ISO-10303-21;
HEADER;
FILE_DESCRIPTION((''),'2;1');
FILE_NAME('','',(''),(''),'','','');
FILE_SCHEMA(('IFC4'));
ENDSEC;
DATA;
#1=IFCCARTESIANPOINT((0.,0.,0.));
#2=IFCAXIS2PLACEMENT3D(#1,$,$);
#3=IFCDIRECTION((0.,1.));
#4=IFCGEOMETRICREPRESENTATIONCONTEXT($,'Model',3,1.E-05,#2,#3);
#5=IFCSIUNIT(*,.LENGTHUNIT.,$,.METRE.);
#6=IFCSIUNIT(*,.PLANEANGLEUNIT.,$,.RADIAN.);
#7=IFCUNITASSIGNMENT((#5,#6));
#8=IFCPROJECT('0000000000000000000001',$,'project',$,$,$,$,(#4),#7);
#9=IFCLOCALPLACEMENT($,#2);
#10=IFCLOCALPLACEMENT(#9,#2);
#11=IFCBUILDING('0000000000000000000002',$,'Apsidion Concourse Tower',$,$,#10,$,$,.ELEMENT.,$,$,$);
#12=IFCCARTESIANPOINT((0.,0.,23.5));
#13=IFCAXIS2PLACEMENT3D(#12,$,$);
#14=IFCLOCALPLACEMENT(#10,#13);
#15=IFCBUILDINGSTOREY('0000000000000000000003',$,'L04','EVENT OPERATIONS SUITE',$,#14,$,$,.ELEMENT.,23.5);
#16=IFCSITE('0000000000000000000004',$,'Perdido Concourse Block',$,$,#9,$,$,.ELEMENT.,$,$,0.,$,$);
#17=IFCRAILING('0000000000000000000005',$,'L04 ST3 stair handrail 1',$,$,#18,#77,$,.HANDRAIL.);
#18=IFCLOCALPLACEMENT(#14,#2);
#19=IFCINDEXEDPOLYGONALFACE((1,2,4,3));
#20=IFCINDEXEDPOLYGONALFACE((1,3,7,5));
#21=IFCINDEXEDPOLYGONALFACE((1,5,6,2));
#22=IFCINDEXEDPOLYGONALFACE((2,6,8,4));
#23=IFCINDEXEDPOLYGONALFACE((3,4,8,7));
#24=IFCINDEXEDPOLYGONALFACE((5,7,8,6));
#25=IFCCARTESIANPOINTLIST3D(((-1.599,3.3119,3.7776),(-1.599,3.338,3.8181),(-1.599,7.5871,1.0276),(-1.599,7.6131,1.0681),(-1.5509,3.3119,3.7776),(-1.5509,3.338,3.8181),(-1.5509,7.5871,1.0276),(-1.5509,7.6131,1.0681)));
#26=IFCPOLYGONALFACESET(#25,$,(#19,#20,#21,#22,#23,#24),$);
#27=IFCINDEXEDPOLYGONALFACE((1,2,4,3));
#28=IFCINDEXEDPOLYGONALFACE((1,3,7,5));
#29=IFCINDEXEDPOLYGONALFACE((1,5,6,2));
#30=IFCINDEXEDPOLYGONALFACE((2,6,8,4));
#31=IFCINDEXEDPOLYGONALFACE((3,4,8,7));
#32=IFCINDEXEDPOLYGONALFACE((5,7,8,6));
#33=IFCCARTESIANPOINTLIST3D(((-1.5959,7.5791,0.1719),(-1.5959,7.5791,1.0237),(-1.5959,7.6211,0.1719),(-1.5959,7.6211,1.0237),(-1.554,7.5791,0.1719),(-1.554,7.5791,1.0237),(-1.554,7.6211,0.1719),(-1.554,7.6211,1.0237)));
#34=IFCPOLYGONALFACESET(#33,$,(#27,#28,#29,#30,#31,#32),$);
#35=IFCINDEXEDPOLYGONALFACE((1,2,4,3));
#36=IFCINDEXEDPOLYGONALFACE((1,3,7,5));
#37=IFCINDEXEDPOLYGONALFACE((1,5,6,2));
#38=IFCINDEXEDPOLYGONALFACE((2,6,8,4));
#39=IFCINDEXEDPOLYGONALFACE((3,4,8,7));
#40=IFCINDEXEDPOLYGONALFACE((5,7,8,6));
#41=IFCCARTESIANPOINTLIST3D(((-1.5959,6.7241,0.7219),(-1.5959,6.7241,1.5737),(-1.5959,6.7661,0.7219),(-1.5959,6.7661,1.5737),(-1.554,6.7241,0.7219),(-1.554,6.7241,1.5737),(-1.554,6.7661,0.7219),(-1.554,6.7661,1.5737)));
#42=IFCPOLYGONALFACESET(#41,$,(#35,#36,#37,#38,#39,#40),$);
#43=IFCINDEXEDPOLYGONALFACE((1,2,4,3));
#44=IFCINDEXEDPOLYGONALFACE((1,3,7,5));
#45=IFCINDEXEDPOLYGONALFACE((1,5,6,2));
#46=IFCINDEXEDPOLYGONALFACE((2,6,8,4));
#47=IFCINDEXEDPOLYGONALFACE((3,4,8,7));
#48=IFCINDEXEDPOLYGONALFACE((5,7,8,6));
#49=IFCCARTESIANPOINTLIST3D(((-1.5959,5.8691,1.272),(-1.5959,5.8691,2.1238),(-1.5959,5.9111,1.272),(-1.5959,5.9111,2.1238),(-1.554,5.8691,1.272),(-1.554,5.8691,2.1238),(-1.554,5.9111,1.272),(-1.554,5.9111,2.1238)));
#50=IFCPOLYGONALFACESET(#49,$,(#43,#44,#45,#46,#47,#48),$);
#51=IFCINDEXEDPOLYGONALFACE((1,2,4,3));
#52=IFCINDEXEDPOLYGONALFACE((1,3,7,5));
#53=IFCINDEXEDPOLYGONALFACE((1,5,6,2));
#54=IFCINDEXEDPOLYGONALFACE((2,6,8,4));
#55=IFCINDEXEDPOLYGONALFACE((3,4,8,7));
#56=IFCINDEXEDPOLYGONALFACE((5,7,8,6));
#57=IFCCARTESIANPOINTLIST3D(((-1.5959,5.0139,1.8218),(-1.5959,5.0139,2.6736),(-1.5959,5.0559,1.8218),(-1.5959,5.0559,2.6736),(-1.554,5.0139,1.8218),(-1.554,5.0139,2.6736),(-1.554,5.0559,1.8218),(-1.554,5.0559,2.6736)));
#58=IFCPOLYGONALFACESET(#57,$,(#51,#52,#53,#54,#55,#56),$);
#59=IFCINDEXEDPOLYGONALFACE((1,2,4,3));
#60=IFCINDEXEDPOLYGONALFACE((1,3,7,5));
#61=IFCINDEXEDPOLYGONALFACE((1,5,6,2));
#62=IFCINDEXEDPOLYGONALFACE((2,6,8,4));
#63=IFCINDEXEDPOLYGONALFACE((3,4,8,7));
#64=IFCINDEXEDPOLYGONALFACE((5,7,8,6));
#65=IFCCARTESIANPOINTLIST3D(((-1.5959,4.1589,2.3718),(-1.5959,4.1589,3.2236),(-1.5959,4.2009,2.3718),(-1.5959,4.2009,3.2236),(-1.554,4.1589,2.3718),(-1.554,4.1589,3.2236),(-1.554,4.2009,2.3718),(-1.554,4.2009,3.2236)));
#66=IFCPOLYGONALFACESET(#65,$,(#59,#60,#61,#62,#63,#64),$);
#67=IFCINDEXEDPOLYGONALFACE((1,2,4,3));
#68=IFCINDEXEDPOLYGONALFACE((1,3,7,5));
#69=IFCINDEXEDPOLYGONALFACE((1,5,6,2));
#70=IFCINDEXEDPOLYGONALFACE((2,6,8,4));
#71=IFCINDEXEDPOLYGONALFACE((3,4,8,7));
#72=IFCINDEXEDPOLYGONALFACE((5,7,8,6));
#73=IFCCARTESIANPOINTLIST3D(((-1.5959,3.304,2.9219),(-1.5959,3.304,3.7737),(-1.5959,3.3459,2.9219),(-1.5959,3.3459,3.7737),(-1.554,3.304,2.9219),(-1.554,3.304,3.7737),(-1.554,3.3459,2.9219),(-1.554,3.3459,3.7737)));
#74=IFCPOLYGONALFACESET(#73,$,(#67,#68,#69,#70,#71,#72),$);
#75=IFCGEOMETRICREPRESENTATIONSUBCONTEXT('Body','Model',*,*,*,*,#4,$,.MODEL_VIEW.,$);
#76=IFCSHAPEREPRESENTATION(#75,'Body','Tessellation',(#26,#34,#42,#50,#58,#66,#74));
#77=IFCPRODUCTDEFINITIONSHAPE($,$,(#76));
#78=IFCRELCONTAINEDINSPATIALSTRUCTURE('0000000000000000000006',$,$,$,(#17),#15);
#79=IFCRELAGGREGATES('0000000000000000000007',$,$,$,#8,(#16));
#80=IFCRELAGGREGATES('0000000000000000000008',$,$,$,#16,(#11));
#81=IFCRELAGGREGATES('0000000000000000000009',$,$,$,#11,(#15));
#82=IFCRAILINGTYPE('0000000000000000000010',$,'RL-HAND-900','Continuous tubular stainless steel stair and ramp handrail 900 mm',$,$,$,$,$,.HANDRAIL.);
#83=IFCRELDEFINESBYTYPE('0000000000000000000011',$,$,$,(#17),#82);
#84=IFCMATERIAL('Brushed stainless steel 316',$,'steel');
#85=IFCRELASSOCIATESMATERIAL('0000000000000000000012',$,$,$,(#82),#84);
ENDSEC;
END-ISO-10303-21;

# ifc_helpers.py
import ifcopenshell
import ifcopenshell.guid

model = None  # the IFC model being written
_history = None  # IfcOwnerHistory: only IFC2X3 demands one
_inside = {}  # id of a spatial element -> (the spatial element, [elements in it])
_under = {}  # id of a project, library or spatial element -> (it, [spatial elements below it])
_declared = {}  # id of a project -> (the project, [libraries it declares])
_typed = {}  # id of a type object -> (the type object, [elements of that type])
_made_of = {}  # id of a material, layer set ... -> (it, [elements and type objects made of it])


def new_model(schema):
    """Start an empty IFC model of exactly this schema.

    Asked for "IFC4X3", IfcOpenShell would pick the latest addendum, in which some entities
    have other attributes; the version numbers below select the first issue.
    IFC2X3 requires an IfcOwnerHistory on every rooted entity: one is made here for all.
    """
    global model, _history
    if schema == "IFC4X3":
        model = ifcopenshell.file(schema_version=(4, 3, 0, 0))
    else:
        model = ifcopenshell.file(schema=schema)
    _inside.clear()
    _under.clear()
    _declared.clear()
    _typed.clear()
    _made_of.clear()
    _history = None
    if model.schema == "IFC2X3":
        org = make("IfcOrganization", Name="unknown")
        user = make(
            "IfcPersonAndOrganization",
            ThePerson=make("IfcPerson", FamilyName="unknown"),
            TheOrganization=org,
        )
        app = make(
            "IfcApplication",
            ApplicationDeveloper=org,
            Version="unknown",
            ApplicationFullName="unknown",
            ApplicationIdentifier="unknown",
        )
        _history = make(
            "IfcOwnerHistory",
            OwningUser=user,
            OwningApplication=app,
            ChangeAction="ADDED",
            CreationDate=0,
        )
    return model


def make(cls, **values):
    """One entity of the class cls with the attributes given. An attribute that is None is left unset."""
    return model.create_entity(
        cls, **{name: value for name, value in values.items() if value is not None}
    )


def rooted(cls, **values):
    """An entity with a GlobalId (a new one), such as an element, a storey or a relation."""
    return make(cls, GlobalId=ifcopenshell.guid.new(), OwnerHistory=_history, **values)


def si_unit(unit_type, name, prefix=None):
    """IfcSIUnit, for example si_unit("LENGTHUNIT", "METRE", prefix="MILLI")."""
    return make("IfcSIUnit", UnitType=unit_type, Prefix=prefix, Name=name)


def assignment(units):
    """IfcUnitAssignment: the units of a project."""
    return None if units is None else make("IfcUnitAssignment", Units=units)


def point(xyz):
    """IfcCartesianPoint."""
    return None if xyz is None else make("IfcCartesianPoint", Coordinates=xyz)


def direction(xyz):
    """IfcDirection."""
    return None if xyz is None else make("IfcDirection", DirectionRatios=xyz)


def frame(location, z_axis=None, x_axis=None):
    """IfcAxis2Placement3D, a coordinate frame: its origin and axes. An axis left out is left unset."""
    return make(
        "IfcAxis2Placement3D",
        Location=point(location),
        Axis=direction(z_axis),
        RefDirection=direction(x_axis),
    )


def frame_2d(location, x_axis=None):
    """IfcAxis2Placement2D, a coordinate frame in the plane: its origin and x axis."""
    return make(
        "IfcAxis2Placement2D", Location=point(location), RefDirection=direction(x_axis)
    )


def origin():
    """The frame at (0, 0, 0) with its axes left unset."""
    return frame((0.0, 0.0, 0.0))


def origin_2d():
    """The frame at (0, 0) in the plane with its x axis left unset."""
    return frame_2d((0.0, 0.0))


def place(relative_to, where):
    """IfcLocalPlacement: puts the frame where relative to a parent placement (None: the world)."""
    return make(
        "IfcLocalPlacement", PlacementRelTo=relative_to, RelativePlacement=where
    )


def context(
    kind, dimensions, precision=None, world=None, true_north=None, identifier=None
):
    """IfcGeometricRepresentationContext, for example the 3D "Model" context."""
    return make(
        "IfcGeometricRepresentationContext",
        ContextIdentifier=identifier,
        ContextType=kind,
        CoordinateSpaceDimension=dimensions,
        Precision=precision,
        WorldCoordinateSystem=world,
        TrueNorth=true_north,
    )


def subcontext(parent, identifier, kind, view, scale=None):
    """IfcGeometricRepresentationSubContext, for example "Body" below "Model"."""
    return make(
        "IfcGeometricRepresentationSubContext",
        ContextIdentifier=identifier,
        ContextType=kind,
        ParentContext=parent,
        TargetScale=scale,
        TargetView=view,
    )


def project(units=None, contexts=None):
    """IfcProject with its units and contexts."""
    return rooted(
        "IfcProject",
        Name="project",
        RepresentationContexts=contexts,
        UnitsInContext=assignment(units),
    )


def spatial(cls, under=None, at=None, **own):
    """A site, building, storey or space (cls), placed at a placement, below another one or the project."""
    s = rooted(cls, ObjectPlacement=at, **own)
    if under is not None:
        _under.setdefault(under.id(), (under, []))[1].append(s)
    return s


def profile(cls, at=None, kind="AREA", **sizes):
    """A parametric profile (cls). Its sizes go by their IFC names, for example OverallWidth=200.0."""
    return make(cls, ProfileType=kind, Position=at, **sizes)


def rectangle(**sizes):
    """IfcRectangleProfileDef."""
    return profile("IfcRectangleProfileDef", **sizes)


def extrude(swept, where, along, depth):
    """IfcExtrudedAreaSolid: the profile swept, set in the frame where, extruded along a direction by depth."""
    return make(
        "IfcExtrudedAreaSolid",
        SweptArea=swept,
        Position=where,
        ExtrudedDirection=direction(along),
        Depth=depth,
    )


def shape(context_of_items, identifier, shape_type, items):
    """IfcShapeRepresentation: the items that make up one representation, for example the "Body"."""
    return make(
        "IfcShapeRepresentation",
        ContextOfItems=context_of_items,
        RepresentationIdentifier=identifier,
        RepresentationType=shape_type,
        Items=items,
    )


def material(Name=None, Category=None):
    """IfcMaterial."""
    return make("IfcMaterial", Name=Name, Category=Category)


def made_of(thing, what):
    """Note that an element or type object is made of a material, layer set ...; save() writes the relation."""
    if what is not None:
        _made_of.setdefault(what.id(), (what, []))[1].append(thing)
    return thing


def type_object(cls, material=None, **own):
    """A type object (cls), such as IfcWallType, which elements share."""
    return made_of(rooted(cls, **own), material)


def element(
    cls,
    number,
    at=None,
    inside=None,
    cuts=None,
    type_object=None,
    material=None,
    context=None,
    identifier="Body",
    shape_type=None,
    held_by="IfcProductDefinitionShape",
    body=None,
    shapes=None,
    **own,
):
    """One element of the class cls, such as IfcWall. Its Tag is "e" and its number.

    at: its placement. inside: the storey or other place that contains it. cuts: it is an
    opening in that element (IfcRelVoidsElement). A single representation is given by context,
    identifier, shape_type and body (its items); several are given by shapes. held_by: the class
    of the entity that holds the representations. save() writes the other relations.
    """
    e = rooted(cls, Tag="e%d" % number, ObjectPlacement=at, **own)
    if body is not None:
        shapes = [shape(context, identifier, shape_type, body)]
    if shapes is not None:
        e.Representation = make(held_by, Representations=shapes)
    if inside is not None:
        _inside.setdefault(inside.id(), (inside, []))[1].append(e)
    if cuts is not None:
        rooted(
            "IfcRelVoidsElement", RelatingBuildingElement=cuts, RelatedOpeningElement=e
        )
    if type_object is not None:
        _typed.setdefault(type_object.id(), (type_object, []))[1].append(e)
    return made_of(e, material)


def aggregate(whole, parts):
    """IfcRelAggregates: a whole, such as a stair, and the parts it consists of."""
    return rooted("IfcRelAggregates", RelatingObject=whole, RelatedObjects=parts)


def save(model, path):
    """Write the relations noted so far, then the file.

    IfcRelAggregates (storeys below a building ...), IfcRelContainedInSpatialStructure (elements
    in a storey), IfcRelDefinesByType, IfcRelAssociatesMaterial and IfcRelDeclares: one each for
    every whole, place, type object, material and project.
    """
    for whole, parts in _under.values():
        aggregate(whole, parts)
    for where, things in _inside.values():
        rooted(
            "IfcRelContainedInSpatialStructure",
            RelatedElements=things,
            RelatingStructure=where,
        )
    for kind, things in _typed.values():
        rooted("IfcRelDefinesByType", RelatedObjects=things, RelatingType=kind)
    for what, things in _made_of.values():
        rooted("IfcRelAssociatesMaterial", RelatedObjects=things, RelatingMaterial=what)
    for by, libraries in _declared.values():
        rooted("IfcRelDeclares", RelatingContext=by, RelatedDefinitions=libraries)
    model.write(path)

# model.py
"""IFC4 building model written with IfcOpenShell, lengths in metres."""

from ifc_helpers import new_model, si_unit, direction, frame, origin, origin_2d, place, context, subcontext, project, spatial, rectangle, extrude, material, type_object, element, save


model = new_model("IFC4")

# Units and contexts
model_context = context("Model", 3, precision=1e-05, world=origin(), true_north=direction((0.0, 1.0)))
body_context = subcontext(model_context, "Body", "Model", "MODEL_VIEW")
ifc_project = project(units=[si_unit("LENGTHUNIT", "METRE"), si_unit("PLANEANGLEUNIT", "RADIAN")], contexts=[model_context])

# Site, building, storey
site_placement = place(None, origin())
site = spatial("IfcSite", under=ifc_project, at=site_placement, Name="Perdido Concourse Block", CompositionType="ELEMENT", RefElevation=0.0)
building_placement = place(site_placement, origin())
building = spatial("IfcBuilding", under=site, at=building_placement, Name="Apsidion Concourse Tower", CompositionType="ELEMENT")
storey_placement = place(building_placement, frame((0.0, 0.0, 23.5)))
storey = spatial("IfcBuildingStorey", under=building, at=storey_placement, Name="L04", Description="EVENT OPERATIONS SUITE", CompositionType="ELEMENT", Elevation=23.5)

# Shared definitions
ifc_material_1 = material(Name="Brushed stainless steel 316", Category="steel")

# Railing
railing_type_1 = type_object("IfcRailingType", Name="RL-HAND-900", Description="Continuous tubular stainless steel stair and ramp handrail 900 mm", PredefinedType="HANDRAIL", material=ifc_material_1)
railing_1_placement = place(storey_placement, frame((-1.575, 7.6001, 0.1719)))
element("IfcRailing", 1, at=railing_1_placement, inside=storey, type_object=railing_type_1, Name="L04 ST3 stair handrail 1", PredefinedType="HANDRAIL", context=body_context, shape_type="SweptSolid", body=[
    extrude(rectangle(XDim=0.0481, YDim=0.0481, at=origin_2d()), frame((0.0, 0.0, 0.876), z_axis=(0.0, -0.841027, 0.540993), x_axis=(1.0, 0.0, 0.0)), (0.0, 0.0, 1.0), 5.0833),
    extrude(rectangle(XDim=0.042, YDim=0.042, at=origin_2d()), origin(), (0.0, 0.0, 1.0), 0.8518),
    extrude(rectangle(XDim=0.042, YDim=0.042, at=origin_2d()), frame((0.0, -0.855, 0.55)), (0.0, 0.0, 1.0), 0.8518),
    extrude(rectangle(XDim=0.042, YDim=0.042, at=origin_2d()), frame((0.0, -1.71, 1.1001)), (0.0, 0.0, 1.0), 0.8518),
    extrude(rectangle(XDim=0.042, YDim=0.042, at=origin_2d()), frame((0.0, -2.5652, 1.6499)), (0.0, 0.0, 1.0), 0.8518),
    extrude(rectangle(XDim=0.042, YDim=0.042, at=origin_2d()), frame((0.0, -3.4202, 2.2)), (0.0, 0.0, 1.0), 0.8518),
    extrude(rectangle(XDim=0.042, YDim=0.042, at=origin_2d()), frame((0.0, -4.2751, 2.75)), (0.0, 0.0, 1.0), 0.8518),
])

save(model, "model.ifc")
